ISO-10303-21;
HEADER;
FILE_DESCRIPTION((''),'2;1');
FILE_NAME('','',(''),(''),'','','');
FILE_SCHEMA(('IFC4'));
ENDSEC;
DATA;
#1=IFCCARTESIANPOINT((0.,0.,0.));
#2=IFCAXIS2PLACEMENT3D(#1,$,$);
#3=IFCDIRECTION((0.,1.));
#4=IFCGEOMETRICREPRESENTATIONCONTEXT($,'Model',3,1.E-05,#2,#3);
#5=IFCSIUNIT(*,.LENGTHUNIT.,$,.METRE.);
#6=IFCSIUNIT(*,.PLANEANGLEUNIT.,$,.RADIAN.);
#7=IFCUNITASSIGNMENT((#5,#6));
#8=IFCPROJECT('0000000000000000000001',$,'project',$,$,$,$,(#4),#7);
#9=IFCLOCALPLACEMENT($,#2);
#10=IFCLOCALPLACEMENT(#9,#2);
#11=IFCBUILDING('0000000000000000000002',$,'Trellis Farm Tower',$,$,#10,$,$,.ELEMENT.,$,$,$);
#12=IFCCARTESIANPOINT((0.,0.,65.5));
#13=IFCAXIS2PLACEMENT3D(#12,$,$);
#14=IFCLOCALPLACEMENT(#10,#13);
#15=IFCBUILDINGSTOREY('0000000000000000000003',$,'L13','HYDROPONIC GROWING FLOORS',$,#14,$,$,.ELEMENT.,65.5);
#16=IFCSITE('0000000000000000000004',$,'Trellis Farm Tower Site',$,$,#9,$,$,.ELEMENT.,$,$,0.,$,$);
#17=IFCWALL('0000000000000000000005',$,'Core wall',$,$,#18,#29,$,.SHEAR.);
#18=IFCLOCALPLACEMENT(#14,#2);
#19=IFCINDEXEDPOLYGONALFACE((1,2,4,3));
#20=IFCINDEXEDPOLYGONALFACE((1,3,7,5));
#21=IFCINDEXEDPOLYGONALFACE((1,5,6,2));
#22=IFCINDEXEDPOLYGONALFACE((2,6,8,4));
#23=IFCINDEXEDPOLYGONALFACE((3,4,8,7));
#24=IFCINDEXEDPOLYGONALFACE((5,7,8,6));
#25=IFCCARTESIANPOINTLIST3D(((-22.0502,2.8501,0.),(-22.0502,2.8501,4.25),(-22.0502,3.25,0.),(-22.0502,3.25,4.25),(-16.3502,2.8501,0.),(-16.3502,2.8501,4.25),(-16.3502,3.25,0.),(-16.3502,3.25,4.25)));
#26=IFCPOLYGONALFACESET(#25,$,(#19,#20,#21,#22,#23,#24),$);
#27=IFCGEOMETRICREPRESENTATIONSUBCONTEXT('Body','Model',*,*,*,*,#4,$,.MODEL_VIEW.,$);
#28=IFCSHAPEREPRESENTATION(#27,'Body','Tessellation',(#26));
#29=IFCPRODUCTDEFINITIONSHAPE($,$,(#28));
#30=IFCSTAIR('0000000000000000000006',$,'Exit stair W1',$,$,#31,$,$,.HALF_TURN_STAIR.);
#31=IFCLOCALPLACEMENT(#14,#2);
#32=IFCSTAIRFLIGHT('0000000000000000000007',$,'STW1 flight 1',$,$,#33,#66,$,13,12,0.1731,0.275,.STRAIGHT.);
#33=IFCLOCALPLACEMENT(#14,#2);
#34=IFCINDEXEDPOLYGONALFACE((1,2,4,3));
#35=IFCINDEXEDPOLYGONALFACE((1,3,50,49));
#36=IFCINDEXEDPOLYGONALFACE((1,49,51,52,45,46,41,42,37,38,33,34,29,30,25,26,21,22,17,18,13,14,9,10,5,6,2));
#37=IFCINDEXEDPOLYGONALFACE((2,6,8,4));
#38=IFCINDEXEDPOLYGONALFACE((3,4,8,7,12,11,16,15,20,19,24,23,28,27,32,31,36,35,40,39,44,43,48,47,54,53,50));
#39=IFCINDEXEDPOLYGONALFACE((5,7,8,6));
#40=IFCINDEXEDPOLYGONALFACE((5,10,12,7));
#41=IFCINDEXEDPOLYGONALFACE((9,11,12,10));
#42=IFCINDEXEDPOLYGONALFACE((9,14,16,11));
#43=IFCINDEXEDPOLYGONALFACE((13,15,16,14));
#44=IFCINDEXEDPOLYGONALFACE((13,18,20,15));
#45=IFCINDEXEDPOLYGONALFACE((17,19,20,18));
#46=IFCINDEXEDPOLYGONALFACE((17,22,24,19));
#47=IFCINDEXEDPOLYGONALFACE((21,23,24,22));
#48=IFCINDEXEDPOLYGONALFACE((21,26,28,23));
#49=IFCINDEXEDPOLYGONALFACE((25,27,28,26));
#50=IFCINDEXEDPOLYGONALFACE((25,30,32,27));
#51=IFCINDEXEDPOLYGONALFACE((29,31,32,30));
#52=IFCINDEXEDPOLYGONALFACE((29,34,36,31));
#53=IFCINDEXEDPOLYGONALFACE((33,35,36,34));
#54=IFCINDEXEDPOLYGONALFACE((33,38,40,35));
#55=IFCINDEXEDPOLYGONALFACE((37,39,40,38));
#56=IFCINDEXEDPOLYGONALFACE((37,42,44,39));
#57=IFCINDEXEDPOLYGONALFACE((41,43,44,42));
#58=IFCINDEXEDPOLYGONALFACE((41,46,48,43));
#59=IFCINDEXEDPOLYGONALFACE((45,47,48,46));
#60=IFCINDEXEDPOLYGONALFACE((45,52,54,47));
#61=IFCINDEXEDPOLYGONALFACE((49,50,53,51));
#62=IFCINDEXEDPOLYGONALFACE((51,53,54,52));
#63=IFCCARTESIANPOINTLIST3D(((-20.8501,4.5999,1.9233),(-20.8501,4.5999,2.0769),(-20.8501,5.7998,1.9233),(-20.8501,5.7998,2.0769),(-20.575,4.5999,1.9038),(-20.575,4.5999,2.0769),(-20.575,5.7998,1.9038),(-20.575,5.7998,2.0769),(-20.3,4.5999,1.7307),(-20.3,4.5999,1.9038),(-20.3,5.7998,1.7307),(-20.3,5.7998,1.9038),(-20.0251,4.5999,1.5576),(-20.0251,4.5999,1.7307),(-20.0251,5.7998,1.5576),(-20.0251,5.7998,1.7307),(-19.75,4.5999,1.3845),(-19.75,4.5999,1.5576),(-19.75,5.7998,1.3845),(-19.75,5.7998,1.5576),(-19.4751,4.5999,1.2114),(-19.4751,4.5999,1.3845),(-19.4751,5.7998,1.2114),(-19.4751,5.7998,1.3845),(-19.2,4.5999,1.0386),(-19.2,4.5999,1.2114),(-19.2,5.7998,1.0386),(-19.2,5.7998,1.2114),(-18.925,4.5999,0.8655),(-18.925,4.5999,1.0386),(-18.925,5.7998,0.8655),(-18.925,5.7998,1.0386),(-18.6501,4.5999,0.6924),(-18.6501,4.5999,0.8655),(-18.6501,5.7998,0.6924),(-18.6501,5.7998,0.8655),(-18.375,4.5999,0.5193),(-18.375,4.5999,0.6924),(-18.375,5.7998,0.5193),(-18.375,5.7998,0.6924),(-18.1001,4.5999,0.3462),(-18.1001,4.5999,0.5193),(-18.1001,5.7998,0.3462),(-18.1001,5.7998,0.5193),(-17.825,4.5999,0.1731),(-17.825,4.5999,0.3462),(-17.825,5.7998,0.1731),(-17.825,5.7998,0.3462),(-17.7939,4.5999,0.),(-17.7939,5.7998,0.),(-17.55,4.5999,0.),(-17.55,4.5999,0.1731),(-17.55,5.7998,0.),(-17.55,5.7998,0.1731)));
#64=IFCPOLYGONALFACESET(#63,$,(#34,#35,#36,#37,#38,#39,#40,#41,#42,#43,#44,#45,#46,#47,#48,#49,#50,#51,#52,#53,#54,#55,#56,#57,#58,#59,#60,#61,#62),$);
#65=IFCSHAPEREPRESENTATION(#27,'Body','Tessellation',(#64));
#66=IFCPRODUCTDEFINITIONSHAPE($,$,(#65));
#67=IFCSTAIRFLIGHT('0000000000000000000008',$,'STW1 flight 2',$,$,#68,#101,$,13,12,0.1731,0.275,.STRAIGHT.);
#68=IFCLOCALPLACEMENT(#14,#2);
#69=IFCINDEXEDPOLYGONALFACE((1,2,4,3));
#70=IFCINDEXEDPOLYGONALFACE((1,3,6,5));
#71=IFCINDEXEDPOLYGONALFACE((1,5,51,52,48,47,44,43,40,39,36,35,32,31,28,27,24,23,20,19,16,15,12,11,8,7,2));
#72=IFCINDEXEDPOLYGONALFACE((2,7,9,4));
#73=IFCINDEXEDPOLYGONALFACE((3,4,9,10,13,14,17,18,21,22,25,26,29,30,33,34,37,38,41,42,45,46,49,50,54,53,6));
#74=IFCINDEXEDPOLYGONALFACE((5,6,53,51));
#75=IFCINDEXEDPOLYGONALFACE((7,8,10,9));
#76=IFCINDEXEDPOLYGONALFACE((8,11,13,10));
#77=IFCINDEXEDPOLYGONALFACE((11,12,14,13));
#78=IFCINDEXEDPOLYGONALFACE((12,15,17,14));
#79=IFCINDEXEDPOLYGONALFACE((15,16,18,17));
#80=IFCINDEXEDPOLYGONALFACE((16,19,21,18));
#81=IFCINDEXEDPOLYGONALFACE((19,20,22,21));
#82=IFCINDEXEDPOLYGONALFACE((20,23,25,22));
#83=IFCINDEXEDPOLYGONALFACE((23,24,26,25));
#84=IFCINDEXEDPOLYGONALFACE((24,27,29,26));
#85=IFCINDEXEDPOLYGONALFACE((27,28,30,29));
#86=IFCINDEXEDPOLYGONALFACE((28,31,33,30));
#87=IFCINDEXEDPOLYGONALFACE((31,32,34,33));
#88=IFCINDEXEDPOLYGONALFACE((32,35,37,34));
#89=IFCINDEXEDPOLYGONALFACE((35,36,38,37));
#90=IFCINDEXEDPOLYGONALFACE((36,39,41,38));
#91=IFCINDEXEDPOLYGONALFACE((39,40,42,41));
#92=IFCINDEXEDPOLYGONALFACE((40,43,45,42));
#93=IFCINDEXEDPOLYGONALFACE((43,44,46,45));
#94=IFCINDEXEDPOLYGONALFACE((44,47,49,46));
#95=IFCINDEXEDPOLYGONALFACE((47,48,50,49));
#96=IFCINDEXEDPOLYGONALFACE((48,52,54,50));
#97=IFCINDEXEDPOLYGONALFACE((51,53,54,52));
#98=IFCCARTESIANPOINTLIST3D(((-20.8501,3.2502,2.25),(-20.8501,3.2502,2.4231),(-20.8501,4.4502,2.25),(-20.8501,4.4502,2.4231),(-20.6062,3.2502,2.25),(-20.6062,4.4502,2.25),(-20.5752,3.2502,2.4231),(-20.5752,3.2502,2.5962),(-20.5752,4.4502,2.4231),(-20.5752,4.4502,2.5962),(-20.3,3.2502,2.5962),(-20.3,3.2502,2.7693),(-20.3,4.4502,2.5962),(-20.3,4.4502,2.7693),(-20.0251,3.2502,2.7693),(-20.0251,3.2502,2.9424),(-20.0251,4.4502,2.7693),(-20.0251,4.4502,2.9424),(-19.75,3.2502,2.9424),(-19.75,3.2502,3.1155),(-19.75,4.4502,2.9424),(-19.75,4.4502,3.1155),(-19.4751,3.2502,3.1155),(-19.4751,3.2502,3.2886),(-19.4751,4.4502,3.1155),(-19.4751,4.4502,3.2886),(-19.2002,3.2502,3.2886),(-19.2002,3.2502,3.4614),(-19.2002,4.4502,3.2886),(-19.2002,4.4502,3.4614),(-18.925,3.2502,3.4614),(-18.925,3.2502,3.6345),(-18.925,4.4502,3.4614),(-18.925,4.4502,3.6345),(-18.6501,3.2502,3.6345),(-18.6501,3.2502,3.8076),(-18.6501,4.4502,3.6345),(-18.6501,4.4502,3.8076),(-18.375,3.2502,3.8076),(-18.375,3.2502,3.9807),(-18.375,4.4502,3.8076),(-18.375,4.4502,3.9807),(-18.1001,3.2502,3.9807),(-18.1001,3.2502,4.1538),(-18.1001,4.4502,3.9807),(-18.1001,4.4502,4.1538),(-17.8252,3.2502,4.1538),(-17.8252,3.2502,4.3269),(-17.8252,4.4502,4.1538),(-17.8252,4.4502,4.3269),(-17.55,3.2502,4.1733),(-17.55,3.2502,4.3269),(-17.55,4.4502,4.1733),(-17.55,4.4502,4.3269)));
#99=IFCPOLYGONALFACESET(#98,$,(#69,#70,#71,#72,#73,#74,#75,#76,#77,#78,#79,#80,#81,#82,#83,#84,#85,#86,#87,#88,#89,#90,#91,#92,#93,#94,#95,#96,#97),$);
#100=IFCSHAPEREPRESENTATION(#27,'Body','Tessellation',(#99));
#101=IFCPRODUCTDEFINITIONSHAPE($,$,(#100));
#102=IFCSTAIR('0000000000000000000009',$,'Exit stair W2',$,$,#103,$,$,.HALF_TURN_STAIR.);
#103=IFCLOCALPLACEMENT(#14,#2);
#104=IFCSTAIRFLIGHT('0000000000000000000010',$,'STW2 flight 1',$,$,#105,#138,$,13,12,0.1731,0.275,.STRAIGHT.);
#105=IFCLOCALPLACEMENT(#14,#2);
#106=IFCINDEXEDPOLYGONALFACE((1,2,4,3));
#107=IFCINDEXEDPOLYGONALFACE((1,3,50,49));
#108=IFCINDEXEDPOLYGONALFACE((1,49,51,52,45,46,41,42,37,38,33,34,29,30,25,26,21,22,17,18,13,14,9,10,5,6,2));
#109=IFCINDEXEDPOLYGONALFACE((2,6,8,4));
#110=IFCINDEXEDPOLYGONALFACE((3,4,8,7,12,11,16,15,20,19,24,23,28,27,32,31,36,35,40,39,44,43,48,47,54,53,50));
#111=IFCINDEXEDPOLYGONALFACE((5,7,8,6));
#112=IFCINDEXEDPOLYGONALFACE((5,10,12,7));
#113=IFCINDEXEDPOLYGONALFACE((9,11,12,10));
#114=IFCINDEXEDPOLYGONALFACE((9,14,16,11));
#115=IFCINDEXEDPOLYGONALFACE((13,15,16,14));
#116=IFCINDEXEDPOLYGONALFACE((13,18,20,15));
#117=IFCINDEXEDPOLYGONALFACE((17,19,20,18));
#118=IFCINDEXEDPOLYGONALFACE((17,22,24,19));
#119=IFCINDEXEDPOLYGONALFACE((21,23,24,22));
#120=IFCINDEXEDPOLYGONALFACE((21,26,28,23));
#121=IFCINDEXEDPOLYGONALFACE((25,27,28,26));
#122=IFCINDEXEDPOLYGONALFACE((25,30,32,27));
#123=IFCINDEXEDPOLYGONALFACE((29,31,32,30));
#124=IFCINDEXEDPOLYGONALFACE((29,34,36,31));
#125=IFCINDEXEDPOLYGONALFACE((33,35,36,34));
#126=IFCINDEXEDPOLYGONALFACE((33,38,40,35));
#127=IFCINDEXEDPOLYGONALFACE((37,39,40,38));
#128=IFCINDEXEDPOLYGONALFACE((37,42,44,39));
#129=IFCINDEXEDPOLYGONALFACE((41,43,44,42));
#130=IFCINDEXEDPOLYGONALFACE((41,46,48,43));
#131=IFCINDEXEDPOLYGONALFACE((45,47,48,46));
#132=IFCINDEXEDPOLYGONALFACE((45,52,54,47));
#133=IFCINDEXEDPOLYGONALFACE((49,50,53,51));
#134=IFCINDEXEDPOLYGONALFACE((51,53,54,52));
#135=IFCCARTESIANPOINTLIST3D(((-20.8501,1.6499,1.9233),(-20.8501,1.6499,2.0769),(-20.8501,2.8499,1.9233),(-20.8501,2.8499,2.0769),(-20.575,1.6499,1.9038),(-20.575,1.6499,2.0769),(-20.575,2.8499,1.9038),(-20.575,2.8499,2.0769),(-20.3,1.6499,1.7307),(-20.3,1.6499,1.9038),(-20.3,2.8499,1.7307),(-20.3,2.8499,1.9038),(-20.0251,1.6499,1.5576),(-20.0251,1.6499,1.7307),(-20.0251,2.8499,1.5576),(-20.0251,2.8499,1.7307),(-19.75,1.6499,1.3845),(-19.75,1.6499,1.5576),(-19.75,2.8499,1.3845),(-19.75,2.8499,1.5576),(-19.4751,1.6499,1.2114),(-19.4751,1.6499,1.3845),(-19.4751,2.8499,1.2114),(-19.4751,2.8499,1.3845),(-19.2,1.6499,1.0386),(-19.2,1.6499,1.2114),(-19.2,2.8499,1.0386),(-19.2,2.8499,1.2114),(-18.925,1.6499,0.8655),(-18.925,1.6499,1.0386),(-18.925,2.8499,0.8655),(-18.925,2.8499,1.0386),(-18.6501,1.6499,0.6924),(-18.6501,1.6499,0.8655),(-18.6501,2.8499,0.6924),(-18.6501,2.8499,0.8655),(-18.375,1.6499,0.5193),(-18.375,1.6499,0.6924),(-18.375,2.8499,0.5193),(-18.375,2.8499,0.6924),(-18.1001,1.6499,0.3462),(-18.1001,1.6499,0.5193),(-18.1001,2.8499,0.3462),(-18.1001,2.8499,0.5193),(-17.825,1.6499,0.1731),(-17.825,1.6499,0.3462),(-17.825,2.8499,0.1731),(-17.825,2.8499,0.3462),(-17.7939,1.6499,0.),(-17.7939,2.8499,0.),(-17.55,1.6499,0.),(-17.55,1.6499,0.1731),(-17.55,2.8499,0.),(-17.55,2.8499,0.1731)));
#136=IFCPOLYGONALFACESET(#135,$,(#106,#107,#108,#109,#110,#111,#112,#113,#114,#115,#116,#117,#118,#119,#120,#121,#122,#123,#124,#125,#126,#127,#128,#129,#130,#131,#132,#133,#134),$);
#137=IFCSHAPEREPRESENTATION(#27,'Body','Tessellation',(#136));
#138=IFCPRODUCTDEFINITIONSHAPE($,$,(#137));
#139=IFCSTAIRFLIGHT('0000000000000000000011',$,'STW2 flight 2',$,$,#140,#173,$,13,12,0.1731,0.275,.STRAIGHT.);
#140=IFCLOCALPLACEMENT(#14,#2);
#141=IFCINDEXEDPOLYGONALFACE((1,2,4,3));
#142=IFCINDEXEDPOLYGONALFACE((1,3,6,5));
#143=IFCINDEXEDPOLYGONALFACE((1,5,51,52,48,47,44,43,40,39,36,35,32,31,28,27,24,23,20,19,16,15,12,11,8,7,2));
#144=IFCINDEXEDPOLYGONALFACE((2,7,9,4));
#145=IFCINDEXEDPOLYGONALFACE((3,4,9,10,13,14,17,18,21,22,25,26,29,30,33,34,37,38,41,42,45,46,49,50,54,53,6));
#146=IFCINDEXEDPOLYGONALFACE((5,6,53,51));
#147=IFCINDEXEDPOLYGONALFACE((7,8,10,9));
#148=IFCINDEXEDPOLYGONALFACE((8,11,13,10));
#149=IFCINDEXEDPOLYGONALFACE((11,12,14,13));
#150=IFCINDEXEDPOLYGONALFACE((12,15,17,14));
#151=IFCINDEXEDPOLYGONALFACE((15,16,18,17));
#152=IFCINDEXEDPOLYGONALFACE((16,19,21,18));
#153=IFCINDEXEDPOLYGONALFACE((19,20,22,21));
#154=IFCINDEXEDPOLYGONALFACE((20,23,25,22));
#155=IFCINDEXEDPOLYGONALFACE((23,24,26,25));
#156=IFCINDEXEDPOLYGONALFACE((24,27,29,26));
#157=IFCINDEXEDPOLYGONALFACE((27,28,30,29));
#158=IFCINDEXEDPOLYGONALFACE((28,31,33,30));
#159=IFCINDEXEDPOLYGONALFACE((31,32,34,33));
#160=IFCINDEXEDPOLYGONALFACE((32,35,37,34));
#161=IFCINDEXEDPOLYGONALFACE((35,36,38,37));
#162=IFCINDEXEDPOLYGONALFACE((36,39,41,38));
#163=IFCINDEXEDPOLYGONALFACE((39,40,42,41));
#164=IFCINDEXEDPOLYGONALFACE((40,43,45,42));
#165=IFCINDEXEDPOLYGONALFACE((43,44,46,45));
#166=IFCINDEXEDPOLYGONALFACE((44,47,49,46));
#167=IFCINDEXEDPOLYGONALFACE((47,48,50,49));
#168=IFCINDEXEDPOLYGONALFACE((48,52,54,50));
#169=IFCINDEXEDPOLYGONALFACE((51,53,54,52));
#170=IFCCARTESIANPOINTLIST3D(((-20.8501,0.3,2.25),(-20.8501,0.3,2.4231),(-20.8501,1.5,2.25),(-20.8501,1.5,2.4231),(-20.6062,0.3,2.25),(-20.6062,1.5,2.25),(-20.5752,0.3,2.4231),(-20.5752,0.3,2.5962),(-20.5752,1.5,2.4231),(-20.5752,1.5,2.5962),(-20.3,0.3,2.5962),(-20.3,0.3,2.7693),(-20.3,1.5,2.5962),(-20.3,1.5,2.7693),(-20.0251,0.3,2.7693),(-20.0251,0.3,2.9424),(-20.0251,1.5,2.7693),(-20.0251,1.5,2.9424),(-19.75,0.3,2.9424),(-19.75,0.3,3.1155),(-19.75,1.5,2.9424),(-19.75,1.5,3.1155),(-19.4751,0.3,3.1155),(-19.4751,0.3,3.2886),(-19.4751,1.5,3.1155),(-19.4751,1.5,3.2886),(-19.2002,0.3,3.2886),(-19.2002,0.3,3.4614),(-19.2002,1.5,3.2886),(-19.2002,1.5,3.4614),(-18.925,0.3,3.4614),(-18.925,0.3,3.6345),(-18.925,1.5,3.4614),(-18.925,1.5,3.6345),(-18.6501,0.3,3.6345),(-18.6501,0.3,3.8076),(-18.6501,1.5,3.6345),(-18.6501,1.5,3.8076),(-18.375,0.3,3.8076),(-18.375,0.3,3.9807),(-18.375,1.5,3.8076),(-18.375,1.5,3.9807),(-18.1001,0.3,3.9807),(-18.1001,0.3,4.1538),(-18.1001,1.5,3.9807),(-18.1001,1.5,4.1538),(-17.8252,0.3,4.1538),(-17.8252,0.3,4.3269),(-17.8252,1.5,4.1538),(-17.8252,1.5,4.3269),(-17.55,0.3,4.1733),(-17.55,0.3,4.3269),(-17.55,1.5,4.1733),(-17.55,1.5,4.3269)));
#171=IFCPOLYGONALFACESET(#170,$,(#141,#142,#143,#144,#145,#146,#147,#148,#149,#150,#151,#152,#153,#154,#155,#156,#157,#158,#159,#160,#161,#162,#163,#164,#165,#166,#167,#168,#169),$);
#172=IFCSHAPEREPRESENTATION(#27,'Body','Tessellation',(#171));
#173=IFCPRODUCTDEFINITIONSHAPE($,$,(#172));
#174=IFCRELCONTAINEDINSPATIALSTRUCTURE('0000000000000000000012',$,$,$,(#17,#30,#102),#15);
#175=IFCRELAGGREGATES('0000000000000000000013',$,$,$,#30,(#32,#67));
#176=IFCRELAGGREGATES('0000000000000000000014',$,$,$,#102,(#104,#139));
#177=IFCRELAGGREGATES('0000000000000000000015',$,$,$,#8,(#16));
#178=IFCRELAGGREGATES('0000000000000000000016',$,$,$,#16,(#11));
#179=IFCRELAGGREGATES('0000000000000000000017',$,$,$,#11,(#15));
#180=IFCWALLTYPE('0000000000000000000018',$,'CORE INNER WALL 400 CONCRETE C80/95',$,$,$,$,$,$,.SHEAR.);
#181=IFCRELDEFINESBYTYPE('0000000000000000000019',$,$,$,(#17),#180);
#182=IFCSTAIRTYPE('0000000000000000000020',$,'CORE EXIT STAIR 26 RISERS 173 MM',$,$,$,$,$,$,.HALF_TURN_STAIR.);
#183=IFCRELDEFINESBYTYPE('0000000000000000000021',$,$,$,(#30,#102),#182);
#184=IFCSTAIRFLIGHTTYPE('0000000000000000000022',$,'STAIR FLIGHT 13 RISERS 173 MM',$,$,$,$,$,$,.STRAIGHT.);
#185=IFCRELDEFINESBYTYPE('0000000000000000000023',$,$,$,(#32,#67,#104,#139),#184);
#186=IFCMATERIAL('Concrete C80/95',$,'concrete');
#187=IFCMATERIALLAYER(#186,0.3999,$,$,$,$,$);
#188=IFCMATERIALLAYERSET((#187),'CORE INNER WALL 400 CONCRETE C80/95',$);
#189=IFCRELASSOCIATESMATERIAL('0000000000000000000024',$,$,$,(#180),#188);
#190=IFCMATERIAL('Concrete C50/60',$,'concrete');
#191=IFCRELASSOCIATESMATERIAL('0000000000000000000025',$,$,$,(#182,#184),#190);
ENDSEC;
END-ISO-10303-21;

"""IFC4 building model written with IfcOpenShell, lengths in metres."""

from ifc_helpers import new_model, si_unit, direction, frame, frame_2d, origin, place, context, subcontext, project, spatial, polyline, rectangle, outline, extrude, source, transform, mapped, material, layer, layer_set, type_object, element, aggregate, save


model = new_model("IFC4")

# Units and contexts
model_context = context("Model", 3, precision=1e-05, world=origin(), true_north=direction((0.0, 1.0)))
body_context = subcontext(model_context, "Body", "Model", "MODEL_VIEW")
ifc_project = project(units=[si_unit("LENGTHUNIT", "METRE"), si_unit("PLANEANGLEUNIT", "RADIAN")], contexts=[model_context])

# Site, building, storey
site_placement = place(None, origin())
site = spatial("IfcSite", under=ifc_project, at=site_placement, Name="Trellis Farm Tower Site", CompositionType="ELEMENT", RefElevation=0.0)
building_placement = place(site_placement, origin())
building = spatial("IfcBuilding", under=site, at=building_placement, Name="Trellis Farm Tower", CompositionType="ELEMENT")
storey_placement = place(building_placement, frame((0.0, 0.0, 65.5)))
storey = spatial("IfcBuildingStorey", under=building, at=storey_placement, Name="L13", Description="HYDROPONIC GROWING FLOORS", CompositionType="ELEMENT", Elevation=65.5)

# Shared definitions
ifc_material_1 = material(Name="Concrete C80/95", Category="concrete")

# Shared definitions
placement = place(storey_placement, origin())

# Shared definitions
ifc_layer_1 = layer(ifc_material_1, 0.3999)
ifc_layer_set_1 = layer_set([ifc_layer_1], Name="CORE INNER WALL 400 CONCRETE C80/95")
wall_type_1 = type_object("IfcWallType", Name="CORE INNER WALL 400 CONCRETE C80/95", PredefinedType="SHEAR", material=ifc_layer_set_1)

# Wall
shared_shape_1 = source(origin(), body_context, "Body", "SweptSolid", [
    extrude(rectangle(XDim=5.7, YDim=0.3999, at=frame_2d((2.8501, 0.0))), origin(), (0.0, 0.0, 1.0), 4.25),
])
wall_1_placement = place(storey_placement, frame((-16.3501, 3.05, 0.0), z_axis=(0.0, 0.0, 1.0), x_axis=(-1.0, 0.0, 0.0)))
element("IfcWall", 1, at=wall_1_placement, inside=storey, type_object=wall_type_1, Name="Core wall", PredefinedType="SHEAR", context=body_context, shape_type="MappedRepresentation", body=[
    mapped(shared_shape_1, transform((0.0, 0.0, 0.0))),
])

# Stairs, stair flights
ifc_material_2 = material(Name="Concrete C50/60", Category="concrete")
stair_type = type_object("IfcStairType", Name="CORE EXIT STAIR 26 RISERS 173 MM", PredefinedType="HALF_TURN_STAIR", material=ifc_material_2)
stair_1 = element("IfcStair", 2, at=placement, inside=storey, type_object=stair_type, Name="Exit stair W1", PredefinedType="HALF_TURN_STAIR")
stair_flight_type = type_object("IfcStairFlightType", Name="STAIR FLIGHT 13 RISERS 173 MM", PredefinedType="STRAIGHT", material=ifc_material_2)
shared_shape_2 = source(origin(), body_context, "Body", "SweptSolid", [
    extrude(outline(polyline([(0.0, 0.0), (0.0, 0.1731), (0.2749, 0.1731), (0.2749, 0.3462), (0.55, 0.3462), (0.55, 0.5193), (0.825, 0.5193), (0.825, 0.6924), (1.1001, 0.6924), (1.1001, 0.8655), (1.375, 0.8655), (1.375, 1.0386), (1.6499, 1.0386), (1.6499, 1.2114), (1.925, 1.2114), (1.925, 1.3845), (2.2, 1.3845), (2.2, 1.5576), (2.4751, 1.5576), (2.4751, 1.7307), (2.75, 1.7307), (2.75, 1.9038), (3.0249, 1.9038), (3.0249, 2.0769), (3.3, 2.0769), (3.3, 2.25), (3.3, 1.9233), (0.2439, 0.0), (0.0, 0.0)])), frame((0.0, 0.6001, 0.0), z_axis=(0.0, -1.0, 0.0), x_axis=(1.0, 0.0, 0.0)), (0.0, 0.0, 1.0), 1.2),
])
stair_flight_1_placement = place(storey_placement, frame((-17.55, 5.2, 0.0), z_axis=(0.0, 0.0, 1.0), x_axis=(-1.0, 0.0, 0.0)))
stair_flight_1 = element("IfcStairFlight", 3, at=stair_flight_1_placement, type_object=stair_flight_type, Name="STW1 flight 1", NumberOfRisers=13, NumberOfTreads=12, PredefinedType="STRAIGHT", RiserHeight=0.1731, TreadLength=0.275, context=body_context, shape_type="MappedRepresentation", body=[
    mapped(shared_shape_2, transform((0.0, 0.0, 0.0))),
])
stair_flight_2_placement = place(storey_placement, frame((-20.8501, 3.8501, 2.25), z_axis=(0.0, 0.0, 1.0), x_axis=(1.0, 0.0, 0.0)))
stair_flight_2 = element("IfcStairFlight", 4, at=stair_flight_2_placement, type_object=stair_flight_type, Name="STW1 flight 2", NumberOfRisers=13, NumberOfTreads=12, PredefinedType="STRAIGHT", RiserHeight=0.1731, TreadLength=0.275, context=body_context, shape_type="MappedRepresentation", body=[
    mapped(shared_shape_2, transform((0.0, 0.0, 0.0))),
])
aggregate(stair_1, [stair_flight_1, stair_flight_2])
stair_2 = element("IfcStair", 5, at=placement, inside=storey, type_object=stair_type, Name="Exit stair W2", PredefinedType="HALF_TURN_STAIR")
stair_flight_3_placement = place(storey_placement, frame((-17.55, 2.25, 0.0), z_axis=(0.0, 0.0, 1.0), x_axis=(-1.0, 0.0, 0.0)))
stair_flight_3 = element("IfcStairFlight", 6, at=stair_flight_3_placement, type_object=stair_flight_type, Name="STW2 flight 1", NumberOfRisers=13, NumberOfTreads=12, PredefinedType="STRAIGHT", RiserHeight=0.1731, TreadLength=0.275, context=body_context, shape_type="MappedRepresentation", body=[
    mapped(shared_shape_2, transform((0.0, 0.0, 0.0))),
])
stair_flight_4_placement = place(storey_placement, frame((-20.8501, 0.8999, 2.25), z_axis=(0.0, 0.0, 1.0), x_axis=(1.0, 0.0, 0.0)))
stair_flight_4 = element("IfcStairFlight", 7, at=stair_flight_4_placement, type_object=stair_flight_type, Name="STW2 flight 2", NumberOfRisers=13, NumberOfTreads=12, PredefinedType="STRAIGHT", RiserHeight=0.1731, TreadLength=0.275, context=body_context, shape_type="MappedRepresentation", body=[
    mapped(shared_shape_2, transform((0.0, 0.0, 0.0))),
])
aggregate(stair_2, [stair_flight_3, stair_flight_4])

save(model, "model.ifc")
